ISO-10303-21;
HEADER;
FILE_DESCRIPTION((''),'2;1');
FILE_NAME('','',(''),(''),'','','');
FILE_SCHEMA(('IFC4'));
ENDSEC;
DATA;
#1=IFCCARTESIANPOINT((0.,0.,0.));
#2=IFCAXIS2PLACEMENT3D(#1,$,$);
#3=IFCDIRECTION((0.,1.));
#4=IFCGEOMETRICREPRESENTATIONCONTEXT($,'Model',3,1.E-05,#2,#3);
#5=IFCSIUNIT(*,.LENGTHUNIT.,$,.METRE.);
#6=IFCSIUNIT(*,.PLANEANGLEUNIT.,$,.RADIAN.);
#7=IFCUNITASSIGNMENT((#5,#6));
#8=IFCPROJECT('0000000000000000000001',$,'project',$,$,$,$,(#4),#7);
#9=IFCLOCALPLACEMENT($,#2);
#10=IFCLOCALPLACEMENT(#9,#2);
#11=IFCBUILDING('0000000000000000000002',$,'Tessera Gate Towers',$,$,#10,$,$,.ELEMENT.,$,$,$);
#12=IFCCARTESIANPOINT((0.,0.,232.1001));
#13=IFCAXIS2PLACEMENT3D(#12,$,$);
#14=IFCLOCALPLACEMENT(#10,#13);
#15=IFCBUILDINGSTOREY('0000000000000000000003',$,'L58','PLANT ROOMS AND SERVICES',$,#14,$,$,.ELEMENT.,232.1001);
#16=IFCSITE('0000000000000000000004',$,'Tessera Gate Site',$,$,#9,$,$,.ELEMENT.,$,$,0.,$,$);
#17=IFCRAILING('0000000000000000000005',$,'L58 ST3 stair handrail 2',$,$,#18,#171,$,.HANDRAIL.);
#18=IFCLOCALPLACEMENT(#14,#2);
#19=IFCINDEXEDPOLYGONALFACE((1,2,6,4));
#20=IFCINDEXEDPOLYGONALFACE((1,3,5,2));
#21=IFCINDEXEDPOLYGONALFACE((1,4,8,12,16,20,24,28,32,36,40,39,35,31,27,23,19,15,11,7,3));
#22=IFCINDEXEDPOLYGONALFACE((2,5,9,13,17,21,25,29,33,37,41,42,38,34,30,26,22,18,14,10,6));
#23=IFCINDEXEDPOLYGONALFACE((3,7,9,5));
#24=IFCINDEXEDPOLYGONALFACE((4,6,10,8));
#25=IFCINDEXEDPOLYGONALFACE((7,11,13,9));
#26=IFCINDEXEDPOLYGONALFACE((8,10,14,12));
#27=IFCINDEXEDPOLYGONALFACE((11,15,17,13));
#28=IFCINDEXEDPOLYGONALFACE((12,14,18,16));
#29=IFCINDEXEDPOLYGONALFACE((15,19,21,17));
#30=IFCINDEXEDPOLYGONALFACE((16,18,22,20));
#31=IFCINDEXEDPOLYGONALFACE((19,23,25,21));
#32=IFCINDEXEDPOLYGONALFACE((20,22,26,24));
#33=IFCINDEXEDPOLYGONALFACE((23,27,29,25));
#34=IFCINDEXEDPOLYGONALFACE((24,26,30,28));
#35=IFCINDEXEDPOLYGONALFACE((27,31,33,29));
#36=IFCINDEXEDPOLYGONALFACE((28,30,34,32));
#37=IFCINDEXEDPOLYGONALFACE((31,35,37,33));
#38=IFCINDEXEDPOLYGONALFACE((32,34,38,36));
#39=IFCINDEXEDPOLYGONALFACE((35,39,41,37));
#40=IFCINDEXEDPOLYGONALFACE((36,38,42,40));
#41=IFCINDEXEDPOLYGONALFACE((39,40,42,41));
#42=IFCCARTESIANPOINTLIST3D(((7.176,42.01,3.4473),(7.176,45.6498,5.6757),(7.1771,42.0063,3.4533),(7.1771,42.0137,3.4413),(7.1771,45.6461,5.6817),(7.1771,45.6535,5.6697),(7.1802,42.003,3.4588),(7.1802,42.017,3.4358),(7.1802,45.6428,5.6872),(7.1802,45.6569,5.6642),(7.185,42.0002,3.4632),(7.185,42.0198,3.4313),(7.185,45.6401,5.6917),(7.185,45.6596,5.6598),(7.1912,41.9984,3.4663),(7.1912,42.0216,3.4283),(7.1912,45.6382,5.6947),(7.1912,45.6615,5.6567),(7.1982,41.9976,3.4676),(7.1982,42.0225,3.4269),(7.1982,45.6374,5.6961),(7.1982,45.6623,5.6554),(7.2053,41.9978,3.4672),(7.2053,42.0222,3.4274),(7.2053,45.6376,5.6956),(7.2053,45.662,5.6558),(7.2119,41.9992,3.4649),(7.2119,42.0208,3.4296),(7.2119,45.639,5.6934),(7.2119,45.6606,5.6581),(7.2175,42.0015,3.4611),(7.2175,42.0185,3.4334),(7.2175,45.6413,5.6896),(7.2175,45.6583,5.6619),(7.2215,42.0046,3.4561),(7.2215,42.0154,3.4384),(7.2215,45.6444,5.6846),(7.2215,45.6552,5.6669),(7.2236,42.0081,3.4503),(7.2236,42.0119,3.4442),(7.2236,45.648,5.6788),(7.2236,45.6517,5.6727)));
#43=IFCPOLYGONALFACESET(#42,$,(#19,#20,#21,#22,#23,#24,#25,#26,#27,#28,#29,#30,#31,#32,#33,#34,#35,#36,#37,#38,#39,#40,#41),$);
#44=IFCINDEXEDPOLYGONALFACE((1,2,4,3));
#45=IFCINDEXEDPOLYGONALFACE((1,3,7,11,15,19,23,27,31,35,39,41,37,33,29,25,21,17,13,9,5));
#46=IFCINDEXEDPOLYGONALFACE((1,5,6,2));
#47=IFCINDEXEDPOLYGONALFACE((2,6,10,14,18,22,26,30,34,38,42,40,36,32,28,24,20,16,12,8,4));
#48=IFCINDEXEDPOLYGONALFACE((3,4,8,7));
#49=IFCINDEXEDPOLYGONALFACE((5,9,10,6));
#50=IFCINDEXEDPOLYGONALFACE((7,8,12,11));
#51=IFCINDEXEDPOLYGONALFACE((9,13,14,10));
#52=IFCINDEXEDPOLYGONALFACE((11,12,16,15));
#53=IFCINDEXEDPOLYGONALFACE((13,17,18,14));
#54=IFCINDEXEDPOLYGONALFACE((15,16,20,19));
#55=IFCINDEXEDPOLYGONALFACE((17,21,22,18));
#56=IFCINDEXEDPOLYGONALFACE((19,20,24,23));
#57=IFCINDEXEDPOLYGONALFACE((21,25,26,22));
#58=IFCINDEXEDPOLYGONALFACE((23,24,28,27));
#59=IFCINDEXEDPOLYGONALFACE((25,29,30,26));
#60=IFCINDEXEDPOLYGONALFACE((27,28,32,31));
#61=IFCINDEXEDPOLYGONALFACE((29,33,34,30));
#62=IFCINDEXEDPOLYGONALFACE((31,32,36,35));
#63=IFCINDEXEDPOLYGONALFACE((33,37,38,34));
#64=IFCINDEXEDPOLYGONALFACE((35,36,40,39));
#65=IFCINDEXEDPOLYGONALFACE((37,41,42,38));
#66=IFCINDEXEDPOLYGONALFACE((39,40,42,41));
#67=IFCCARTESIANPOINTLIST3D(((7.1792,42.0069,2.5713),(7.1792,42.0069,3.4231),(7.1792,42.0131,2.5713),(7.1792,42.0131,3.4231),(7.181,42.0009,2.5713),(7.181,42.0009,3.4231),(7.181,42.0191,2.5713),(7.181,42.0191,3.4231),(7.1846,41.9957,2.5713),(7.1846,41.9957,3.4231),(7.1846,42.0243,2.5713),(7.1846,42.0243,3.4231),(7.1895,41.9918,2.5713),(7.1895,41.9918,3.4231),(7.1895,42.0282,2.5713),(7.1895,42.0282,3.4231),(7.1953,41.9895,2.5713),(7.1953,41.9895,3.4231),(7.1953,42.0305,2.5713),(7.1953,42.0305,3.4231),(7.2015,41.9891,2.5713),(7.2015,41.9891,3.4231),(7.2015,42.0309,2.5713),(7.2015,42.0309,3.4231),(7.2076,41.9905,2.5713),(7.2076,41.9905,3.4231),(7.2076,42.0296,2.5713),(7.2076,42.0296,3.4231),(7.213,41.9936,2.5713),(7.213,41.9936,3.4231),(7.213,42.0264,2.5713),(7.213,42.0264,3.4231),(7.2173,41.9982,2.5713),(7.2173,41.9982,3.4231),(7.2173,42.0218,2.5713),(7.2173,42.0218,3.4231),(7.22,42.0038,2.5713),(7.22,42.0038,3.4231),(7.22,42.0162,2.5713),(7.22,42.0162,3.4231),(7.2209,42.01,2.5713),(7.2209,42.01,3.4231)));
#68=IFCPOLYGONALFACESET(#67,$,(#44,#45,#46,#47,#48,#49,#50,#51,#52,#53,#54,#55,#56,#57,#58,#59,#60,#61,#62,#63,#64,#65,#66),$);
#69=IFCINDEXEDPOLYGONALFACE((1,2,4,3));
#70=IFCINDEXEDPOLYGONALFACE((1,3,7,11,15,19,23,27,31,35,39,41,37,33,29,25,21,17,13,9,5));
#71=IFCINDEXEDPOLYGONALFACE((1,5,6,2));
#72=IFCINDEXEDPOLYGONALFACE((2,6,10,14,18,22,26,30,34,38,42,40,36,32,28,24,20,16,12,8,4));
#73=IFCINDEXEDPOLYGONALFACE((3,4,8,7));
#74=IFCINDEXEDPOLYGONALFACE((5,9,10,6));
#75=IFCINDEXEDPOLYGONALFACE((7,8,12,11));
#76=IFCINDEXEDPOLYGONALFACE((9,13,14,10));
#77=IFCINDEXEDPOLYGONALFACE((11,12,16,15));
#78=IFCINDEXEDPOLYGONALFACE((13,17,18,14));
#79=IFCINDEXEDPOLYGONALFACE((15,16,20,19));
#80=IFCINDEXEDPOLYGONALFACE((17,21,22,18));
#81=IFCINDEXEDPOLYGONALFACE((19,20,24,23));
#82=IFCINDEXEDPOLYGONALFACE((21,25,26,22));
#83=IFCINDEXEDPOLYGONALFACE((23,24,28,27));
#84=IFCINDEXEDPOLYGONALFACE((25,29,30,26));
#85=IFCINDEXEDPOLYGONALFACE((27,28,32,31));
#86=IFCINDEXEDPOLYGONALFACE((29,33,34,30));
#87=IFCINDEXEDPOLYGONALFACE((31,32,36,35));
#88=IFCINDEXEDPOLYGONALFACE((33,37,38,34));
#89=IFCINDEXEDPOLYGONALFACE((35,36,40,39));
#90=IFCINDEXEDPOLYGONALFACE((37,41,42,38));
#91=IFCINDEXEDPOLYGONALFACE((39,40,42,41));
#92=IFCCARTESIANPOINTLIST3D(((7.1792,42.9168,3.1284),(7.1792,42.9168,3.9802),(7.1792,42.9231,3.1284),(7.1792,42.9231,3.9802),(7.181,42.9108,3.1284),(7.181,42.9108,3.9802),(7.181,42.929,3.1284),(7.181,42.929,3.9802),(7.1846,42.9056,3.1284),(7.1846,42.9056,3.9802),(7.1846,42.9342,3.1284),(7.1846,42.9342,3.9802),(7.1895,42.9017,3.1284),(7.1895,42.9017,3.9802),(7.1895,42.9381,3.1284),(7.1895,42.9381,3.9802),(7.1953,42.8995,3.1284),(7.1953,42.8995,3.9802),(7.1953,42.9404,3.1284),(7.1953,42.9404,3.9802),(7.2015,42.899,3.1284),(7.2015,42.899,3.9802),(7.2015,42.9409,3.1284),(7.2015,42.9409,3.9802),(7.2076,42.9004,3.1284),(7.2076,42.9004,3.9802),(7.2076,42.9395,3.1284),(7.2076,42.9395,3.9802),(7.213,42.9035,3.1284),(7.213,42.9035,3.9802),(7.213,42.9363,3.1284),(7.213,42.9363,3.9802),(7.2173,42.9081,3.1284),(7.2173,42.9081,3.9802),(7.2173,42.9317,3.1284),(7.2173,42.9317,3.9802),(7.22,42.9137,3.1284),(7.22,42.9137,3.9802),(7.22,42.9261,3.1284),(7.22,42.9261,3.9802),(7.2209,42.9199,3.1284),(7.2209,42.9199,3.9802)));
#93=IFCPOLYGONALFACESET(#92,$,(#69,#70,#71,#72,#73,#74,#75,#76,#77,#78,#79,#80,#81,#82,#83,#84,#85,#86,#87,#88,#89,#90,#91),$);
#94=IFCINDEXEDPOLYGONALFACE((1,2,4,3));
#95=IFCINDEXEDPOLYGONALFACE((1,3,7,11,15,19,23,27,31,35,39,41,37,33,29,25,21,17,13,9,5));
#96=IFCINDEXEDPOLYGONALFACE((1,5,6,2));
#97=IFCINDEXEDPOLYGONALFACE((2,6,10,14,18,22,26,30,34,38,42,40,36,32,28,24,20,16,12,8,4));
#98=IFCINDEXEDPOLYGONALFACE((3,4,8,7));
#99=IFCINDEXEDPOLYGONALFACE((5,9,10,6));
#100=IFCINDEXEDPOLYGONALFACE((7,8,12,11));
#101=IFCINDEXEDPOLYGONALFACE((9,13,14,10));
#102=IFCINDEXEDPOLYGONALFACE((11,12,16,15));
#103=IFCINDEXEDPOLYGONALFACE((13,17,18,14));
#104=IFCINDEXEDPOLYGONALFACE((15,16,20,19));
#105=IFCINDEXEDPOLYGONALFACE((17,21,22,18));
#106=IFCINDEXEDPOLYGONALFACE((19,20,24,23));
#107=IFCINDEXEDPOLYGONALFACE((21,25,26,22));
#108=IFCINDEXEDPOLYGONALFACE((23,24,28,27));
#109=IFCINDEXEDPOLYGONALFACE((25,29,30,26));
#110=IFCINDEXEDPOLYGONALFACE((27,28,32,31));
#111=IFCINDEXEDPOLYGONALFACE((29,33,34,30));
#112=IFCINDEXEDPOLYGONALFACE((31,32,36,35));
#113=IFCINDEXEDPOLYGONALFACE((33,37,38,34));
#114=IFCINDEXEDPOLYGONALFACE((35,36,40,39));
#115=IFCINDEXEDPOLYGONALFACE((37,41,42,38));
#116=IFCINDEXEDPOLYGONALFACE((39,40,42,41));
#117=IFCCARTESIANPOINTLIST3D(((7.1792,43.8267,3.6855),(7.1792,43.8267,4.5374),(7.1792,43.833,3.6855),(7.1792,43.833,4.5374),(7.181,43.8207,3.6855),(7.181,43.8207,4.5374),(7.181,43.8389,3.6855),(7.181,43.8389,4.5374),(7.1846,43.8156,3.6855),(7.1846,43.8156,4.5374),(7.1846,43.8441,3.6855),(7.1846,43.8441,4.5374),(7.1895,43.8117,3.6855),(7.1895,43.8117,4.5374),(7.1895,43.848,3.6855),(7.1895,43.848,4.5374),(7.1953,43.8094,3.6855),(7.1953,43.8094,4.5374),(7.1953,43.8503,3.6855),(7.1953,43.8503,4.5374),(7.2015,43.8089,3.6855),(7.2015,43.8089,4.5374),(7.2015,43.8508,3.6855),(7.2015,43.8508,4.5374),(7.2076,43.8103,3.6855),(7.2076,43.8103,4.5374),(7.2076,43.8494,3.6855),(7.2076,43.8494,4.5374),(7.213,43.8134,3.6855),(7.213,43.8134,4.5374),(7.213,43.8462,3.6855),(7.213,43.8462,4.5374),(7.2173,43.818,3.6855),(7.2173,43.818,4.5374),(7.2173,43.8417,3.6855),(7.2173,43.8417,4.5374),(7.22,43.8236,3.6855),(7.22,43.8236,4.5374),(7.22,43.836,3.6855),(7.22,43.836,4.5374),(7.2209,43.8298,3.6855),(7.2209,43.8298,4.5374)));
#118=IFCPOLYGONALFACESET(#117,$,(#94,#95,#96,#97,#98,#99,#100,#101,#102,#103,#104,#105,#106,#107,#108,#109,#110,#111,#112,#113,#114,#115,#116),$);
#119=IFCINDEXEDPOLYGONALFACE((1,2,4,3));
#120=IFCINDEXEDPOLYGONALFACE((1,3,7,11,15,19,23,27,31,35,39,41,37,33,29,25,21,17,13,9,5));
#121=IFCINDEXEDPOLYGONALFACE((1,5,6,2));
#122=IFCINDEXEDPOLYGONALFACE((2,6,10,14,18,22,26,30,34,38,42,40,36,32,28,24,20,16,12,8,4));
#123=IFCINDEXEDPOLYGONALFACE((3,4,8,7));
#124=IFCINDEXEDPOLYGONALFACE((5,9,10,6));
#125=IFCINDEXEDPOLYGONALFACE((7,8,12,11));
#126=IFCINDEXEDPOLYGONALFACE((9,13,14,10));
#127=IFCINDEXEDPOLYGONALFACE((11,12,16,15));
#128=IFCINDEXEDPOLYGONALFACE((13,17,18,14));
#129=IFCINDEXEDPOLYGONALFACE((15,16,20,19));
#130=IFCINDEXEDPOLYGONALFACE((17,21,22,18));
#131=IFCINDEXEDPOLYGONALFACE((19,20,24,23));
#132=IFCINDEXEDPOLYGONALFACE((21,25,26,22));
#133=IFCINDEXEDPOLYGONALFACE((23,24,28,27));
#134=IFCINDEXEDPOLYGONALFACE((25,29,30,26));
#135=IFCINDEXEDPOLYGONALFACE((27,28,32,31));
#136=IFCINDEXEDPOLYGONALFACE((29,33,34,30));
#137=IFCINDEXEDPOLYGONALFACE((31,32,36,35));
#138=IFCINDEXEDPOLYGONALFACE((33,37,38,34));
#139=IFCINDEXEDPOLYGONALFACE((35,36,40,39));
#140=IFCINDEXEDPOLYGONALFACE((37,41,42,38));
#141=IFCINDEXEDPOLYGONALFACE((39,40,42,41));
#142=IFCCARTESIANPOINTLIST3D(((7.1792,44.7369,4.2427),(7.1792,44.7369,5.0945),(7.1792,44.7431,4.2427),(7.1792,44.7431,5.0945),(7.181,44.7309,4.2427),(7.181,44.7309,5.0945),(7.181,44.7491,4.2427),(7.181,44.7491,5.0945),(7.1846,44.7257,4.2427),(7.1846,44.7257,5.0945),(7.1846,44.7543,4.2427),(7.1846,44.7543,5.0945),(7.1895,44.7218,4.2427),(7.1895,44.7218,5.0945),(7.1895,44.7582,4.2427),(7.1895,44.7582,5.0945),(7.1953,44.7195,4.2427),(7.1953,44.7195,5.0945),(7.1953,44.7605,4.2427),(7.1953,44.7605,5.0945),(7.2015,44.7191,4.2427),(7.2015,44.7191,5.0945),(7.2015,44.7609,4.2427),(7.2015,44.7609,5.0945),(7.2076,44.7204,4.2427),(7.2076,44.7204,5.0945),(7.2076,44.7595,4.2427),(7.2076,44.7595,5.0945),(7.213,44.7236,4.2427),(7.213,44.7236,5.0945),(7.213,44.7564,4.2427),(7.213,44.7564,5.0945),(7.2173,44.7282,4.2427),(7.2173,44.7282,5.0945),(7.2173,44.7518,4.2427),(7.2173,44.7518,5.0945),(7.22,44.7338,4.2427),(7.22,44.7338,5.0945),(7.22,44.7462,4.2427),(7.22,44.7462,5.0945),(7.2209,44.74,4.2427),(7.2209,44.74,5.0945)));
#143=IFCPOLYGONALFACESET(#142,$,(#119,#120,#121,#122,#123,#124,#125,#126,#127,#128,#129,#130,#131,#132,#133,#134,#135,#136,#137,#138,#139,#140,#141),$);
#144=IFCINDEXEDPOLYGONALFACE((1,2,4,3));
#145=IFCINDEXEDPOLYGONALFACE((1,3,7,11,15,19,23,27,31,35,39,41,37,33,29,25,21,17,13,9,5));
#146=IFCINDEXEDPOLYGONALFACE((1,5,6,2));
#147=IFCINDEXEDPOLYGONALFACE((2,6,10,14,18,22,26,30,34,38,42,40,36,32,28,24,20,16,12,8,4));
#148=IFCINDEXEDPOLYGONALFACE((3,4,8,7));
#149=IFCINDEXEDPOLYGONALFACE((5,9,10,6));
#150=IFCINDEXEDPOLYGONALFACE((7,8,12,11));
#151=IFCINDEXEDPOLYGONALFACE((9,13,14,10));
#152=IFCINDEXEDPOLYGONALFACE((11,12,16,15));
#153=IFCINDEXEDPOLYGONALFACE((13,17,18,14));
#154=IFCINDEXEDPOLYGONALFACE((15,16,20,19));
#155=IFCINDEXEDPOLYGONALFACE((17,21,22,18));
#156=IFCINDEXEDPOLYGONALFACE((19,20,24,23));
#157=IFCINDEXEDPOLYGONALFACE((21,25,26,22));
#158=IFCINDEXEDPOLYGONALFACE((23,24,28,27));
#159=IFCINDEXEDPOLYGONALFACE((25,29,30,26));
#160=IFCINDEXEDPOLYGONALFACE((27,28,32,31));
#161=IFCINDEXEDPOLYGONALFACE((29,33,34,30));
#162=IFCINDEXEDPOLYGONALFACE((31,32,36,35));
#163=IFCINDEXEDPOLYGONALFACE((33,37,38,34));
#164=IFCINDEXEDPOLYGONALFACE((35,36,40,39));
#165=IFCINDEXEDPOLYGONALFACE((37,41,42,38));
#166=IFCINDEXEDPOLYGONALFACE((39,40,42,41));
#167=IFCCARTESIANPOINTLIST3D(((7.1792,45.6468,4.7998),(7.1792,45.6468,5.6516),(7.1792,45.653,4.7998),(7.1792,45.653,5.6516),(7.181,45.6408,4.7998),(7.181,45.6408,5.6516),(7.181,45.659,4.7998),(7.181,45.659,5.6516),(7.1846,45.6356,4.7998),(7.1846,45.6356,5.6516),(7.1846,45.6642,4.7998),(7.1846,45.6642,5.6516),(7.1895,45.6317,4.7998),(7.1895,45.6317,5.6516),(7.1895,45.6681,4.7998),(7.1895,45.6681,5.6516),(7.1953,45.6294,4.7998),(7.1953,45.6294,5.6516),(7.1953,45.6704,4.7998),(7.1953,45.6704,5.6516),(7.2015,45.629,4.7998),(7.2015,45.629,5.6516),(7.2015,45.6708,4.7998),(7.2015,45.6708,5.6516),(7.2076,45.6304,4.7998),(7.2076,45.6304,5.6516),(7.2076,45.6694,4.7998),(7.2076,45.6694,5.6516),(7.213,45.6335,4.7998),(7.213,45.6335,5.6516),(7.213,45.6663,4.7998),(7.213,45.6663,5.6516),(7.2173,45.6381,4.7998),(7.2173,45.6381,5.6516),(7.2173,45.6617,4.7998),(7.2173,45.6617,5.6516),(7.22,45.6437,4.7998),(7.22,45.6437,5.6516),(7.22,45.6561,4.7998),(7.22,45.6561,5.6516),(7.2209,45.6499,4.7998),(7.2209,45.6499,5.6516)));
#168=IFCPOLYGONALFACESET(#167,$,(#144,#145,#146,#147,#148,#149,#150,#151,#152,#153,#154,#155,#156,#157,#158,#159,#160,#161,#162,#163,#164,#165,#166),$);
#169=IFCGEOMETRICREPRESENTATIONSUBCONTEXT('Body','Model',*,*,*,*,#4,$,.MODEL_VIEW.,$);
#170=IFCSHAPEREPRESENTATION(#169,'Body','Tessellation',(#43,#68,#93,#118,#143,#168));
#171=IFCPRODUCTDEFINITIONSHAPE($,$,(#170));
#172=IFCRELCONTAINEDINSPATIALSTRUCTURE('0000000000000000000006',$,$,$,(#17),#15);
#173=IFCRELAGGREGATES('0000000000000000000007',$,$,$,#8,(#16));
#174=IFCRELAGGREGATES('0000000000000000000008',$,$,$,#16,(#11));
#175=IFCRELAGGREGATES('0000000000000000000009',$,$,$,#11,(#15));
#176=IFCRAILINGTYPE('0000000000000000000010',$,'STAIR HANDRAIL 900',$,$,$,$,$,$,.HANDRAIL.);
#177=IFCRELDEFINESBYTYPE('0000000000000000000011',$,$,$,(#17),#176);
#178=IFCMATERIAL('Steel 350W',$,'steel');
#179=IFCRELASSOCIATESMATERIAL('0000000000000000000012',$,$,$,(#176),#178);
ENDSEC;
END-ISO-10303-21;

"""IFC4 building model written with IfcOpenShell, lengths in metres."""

from ifc_helpers import new_model, si_unit, direction, frame, origin, origin_2d, place, context, subcontext, project, spatial, circle, extrude, material, type_object, element, save


model = new_model("IFC4")

# Units and contexts
model_context = context("Model", 3, precision=1e-05, world=origin(), true_north=direction((0.0, 1.0)))
body_context = subcontext(model_context, "Body", "Model", "MODEL_VIEW")
ifc_project = project(units=[si_unit("LENGTHUNIT", "METRE"), si_unit("PLANEANGLEUNIT", "RADIAN")], contexts=[model_context])

# Site, building, storey
site_placement = place(None, origin())
site = spatial("IfcSite", under=ifc_project, at=site_placement, Name="Tessera Gate Site", CompositionType="ELEMENT", RefElevation=0.0)
building_placement = place(site_placement, origin())
building = spatial("IfcBuilding", under=site, at=building_placement, Name="Tessera Gate Towers", CompositionType="ELEMENT")
storey_placement = place(building_placement, frame((0.0, 0.0, 232.1001)))
storey = spatial("IfcBuildingStorey", under=building, at=storey_placement, Name="L58", Description="PLANT ROOMS AND SERVICES", CompositionType="ELEMENT", Elevation=232.1001)

# Railing
ifc_material_1 = material(Name="Steel 350W", Category="steel")
railing_type_1 = type_object("IfcRailingType", Name="STAIR HANDRAIL 900", PredefinedType="HANDRAIL", material=ifc_material_1)
railing_1_placement = place(storey_placement, frame((7.2, 42.01, 2.5713)))
element("IfcRailing", 1, at=railing_1_placement, inside=storey, type_object=railing_type_1, Name="L58 ST3 stair handrail 2", PredefinedType="HANDRAIL", context=body_context, shape_type="SweptSolid", body=[
    extrude(circle(Radius=0.0239, at=origin_2d()), frame((0.0, 0.0, 0.876), z_axis=(0.0, 0.85285, 0.522156), x_axis=(-1.0, 0.0, 0.0)), (0.0, 0.0, 1.0), 4.2678),
    extrude(circle(Radius=0.021, at=origin_2d()), origin(), (0.0, 0.0, 1.0), 0.8518),
    extrude(circle(Radius=0.021, at=origin_2d()), frame((0.0, 0.9099, 0.5571)), (0.0, 0.0, 1.0), 0.8518),
    extrude(circle(Radius=0.021, at=origin_2d()), frame((0.0, 1.8198, 1.1143)), (0.0, 0.0, 1.0), 0.8518),
    extrude(circle(Radius=0.021, at=origin_2d()), frame((0.0, 2.73, 1.6714)), (0.0, 0.0, 1.0), 0.8518),
    extrude(circle(Radius=0.021, at=origin_2d()), frame((0.0, 3.6399, 2.2285)), (0.0, 0.0, 1.0), 0.8518),
])

save(model, "model.ifc")
